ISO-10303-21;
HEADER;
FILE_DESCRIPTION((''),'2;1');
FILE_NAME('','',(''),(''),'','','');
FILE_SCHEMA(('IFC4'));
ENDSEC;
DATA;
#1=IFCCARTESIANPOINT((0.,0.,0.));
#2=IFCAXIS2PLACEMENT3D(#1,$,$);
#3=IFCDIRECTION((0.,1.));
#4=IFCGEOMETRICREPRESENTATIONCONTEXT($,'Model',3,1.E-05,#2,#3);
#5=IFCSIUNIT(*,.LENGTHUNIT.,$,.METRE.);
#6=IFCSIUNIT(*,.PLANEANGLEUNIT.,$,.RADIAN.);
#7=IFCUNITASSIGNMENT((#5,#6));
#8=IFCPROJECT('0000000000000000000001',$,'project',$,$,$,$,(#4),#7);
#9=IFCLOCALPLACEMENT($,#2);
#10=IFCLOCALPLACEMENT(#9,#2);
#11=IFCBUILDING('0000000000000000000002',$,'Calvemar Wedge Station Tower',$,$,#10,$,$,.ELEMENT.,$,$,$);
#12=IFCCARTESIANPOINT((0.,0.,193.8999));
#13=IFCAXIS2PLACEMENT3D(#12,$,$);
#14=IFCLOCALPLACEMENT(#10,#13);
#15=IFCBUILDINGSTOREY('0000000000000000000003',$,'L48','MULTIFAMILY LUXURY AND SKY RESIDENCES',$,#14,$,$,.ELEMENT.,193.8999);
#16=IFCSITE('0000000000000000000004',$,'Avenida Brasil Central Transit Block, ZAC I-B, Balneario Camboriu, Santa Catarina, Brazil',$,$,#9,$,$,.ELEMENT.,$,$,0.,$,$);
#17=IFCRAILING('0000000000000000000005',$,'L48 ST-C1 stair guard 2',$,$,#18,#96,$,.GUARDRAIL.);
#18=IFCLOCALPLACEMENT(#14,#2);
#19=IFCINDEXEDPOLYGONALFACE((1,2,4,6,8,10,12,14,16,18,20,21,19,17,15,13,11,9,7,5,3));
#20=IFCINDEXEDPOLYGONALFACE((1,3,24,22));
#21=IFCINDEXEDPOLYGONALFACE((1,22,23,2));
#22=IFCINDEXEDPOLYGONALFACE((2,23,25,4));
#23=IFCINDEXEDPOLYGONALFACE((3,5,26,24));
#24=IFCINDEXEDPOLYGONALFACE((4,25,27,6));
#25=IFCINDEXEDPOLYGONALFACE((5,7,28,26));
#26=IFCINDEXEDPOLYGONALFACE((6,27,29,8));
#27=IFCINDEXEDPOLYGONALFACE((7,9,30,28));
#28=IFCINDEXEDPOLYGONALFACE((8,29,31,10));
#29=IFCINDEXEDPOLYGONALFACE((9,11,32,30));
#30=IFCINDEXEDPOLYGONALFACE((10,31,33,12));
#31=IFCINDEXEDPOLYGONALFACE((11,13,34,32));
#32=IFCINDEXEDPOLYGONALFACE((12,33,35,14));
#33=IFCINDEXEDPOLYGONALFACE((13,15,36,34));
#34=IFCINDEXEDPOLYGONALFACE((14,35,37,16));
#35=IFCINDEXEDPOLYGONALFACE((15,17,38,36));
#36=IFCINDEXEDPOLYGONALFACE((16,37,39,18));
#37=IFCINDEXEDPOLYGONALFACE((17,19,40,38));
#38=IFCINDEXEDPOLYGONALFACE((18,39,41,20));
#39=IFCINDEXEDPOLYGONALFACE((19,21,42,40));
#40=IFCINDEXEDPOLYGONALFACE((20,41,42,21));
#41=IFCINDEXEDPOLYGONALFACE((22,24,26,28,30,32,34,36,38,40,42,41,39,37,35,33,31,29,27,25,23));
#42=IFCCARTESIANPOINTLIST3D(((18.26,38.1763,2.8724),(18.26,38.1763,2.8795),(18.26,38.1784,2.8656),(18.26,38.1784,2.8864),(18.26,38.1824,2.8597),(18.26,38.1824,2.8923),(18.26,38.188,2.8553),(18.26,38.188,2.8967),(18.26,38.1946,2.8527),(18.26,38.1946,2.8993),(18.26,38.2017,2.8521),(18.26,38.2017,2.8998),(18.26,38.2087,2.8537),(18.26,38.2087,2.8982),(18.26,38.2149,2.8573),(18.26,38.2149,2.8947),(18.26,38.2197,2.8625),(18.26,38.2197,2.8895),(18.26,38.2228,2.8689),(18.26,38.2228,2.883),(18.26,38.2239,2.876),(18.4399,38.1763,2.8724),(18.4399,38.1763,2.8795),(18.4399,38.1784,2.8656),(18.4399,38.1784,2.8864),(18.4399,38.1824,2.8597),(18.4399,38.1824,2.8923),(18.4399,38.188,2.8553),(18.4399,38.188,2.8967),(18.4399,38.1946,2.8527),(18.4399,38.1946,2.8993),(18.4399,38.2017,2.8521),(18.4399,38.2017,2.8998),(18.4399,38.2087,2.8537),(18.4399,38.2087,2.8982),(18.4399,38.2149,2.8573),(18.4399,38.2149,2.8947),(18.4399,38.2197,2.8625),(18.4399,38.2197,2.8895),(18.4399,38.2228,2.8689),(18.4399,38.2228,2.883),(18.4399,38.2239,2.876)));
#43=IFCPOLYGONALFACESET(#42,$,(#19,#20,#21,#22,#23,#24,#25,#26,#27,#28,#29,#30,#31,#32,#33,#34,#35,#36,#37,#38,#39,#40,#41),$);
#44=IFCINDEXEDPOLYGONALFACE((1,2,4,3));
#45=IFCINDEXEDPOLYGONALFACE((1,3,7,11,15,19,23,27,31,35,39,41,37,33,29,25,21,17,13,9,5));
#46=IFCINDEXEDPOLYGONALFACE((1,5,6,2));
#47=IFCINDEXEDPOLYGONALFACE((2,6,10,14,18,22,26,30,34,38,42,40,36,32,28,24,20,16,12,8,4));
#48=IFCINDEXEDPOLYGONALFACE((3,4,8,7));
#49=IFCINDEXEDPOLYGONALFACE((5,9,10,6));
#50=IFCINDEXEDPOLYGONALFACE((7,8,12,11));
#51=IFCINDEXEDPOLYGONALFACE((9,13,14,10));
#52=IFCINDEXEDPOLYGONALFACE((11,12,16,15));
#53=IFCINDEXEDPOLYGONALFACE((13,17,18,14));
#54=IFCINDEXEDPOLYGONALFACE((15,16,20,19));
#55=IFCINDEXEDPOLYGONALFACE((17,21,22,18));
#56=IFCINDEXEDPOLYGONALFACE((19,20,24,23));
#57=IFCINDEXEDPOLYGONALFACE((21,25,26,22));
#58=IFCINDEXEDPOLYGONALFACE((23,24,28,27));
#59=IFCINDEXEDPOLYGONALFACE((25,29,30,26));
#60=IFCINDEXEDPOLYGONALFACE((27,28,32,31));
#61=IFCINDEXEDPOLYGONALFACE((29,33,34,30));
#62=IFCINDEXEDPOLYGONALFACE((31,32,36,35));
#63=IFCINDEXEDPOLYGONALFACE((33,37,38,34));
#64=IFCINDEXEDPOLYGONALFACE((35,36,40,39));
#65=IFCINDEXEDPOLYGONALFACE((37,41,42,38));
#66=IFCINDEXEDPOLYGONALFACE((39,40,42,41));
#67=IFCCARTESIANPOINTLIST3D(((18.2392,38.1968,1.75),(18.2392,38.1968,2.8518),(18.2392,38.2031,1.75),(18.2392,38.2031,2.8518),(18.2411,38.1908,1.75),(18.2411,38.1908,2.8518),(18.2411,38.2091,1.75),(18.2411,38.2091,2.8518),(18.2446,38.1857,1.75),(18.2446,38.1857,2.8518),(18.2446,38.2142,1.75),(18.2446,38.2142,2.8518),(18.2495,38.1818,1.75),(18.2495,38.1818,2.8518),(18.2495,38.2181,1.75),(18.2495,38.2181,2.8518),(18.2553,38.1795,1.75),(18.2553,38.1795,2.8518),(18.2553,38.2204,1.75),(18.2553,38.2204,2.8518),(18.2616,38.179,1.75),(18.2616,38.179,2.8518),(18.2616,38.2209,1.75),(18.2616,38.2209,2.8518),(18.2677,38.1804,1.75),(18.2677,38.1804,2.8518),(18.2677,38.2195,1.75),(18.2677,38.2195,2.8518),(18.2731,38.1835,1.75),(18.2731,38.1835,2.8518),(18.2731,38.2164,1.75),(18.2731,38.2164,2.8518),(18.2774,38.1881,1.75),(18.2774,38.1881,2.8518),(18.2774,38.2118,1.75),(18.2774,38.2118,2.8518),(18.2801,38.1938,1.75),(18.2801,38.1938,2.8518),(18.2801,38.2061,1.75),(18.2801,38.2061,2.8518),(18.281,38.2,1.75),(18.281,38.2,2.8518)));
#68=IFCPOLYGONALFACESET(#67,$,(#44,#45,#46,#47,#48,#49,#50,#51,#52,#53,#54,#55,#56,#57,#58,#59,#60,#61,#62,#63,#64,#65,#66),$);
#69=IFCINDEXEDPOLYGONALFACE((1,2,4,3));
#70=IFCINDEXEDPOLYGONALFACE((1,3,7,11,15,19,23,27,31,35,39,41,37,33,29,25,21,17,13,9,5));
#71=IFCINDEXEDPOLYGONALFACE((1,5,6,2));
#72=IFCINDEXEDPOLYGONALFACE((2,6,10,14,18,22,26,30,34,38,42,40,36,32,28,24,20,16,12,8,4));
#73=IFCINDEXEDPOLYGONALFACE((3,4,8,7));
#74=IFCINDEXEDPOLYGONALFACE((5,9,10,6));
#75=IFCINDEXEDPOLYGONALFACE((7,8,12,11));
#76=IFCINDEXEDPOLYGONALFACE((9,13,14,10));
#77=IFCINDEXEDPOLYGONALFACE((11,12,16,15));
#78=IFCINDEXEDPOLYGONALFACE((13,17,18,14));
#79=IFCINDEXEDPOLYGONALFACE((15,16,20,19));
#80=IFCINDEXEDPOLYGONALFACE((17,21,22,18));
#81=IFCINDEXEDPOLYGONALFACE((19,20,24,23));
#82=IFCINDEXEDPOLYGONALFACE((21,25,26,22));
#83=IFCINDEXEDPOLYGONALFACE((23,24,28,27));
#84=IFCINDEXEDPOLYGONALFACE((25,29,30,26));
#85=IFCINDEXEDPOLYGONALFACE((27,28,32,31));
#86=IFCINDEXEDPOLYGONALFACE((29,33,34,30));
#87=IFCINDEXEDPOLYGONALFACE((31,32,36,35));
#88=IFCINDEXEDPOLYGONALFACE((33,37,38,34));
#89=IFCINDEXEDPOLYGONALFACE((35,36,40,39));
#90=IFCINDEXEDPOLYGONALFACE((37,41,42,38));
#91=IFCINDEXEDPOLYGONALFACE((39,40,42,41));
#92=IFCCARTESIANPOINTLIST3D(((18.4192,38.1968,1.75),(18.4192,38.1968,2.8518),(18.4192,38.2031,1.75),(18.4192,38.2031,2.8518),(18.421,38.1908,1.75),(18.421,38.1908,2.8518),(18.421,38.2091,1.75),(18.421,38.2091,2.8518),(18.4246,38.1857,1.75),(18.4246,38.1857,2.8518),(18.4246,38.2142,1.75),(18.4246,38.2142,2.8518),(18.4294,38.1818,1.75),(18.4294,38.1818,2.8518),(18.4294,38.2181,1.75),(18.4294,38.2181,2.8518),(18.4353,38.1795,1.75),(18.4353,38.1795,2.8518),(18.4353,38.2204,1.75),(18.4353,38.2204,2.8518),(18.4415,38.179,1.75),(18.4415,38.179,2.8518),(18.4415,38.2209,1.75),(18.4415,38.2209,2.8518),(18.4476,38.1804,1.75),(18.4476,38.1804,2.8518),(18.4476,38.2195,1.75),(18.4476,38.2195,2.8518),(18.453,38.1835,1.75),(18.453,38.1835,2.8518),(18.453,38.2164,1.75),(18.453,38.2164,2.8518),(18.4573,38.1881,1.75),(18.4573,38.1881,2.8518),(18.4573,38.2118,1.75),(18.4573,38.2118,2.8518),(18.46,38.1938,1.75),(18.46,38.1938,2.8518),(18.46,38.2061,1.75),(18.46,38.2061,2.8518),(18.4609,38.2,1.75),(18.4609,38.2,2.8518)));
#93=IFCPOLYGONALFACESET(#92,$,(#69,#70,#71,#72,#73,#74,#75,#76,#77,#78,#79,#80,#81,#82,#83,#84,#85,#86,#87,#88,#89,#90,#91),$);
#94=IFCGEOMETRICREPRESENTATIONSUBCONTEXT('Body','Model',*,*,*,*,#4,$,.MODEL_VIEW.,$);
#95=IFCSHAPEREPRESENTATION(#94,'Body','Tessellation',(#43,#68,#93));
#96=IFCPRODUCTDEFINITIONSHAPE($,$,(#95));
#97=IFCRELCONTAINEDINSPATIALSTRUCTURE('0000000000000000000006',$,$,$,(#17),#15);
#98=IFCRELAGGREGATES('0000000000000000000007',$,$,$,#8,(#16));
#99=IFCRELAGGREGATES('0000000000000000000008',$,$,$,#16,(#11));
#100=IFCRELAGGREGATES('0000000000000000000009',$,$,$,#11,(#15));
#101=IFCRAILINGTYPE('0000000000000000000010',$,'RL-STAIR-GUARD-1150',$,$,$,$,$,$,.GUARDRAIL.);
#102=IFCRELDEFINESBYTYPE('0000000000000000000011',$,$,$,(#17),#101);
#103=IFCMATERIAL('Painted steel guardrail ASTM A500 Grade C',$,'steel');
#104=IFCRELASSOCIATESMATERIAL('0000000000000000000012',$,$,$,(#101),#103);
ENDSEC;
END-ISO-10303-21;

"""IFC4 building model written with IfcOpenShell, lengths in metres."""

from ifc_helpers import new_model, si_unit, direction, frame, origin, origin_2d, place, context, subcontext, project, spatial, circle, extrude, material, type_object, element, save


model = new_model("IFC4")

# Units and contexts
model_context = context("Model", 3, precision=1e-05, world=origin(), true_north=direction((0.0, 1.0)))
body_context = subcontext(model_context, "Body", "Model", "MODEL_VIEW")
ifc_project = project(units=[si_unit("LENGTHUNIT", "METRE"), si_unit("PLANEANGLEUNIT", "RADIAN")], contexts=[model_context])

# Site, building, storey
site_placement = place(None, origin())
site = spatial("IfcSite", under=ifc_project, at=site_placement, Name="Avenida Brasil Central Transit Block, ZAC I-B, Balneario Camboriu, Santa Catarina, Brazil", CompositionType="ELEMENT", RefElevation=0.0)
building_placement = place(site_placement, origin())
building = spatial("IfcBuilding", under=site, at=building_placement, Name="Calvemar Wedge Station Tower", CompositionType="ELEMENT")
storey_placement = place(building_placement, frame((0.0, 0.0, 193.8999)))
storey = spatial("IfcBuildingStorey", under=building, at=storey_placement, Name="L48", Description="MULTIFAMILY LUXURY AND SKY RESIDENCES", CompositionType="ELEMENT", Elevation=193.8999)

# Railing
ifc_material_1 = material(Name="Painted steel guardrail ASTM A500 Grade C", Category="steel")
railing_type = type_object("IfcRailingType", Name="RL-STAIR-GUARD-1150", PredefinedType="GUARDRAIL", material=ifc_material_1)
railing_placement = place(storey_placement, frame((18.26, 38.2, 1.75)))
element("IfcRailing", 1, at=railing_placement, inside=storey, type_object=railing_type, Name="L48 ST-C1 stair guard 2", PredefinedType="GUARDRAIL", context=body_context, shape_type="SweptSolid", body=[
    extrude(circle(Radius=0.0239, at=origin_2d()), frame((0.0, 0.0, 1.126), z_axis=(1.0, 0.0, 0.0), x_axis=(0.0, 1.0, 0.0)), (0.0, 0.0, 1.0), 0.1799),
    extrude(circle(Radius=0.021, at=origin_2d()), origin(), (0.0, 0.0, 1.0), 1.1018),
    extrude(circle(Radius=0.021, at=origin_2d()), frame((0.1799, 0.0, 0.0)), (0.0, 0.0, 1.0), 1.1018),
])

save(model, "model.ifc")
